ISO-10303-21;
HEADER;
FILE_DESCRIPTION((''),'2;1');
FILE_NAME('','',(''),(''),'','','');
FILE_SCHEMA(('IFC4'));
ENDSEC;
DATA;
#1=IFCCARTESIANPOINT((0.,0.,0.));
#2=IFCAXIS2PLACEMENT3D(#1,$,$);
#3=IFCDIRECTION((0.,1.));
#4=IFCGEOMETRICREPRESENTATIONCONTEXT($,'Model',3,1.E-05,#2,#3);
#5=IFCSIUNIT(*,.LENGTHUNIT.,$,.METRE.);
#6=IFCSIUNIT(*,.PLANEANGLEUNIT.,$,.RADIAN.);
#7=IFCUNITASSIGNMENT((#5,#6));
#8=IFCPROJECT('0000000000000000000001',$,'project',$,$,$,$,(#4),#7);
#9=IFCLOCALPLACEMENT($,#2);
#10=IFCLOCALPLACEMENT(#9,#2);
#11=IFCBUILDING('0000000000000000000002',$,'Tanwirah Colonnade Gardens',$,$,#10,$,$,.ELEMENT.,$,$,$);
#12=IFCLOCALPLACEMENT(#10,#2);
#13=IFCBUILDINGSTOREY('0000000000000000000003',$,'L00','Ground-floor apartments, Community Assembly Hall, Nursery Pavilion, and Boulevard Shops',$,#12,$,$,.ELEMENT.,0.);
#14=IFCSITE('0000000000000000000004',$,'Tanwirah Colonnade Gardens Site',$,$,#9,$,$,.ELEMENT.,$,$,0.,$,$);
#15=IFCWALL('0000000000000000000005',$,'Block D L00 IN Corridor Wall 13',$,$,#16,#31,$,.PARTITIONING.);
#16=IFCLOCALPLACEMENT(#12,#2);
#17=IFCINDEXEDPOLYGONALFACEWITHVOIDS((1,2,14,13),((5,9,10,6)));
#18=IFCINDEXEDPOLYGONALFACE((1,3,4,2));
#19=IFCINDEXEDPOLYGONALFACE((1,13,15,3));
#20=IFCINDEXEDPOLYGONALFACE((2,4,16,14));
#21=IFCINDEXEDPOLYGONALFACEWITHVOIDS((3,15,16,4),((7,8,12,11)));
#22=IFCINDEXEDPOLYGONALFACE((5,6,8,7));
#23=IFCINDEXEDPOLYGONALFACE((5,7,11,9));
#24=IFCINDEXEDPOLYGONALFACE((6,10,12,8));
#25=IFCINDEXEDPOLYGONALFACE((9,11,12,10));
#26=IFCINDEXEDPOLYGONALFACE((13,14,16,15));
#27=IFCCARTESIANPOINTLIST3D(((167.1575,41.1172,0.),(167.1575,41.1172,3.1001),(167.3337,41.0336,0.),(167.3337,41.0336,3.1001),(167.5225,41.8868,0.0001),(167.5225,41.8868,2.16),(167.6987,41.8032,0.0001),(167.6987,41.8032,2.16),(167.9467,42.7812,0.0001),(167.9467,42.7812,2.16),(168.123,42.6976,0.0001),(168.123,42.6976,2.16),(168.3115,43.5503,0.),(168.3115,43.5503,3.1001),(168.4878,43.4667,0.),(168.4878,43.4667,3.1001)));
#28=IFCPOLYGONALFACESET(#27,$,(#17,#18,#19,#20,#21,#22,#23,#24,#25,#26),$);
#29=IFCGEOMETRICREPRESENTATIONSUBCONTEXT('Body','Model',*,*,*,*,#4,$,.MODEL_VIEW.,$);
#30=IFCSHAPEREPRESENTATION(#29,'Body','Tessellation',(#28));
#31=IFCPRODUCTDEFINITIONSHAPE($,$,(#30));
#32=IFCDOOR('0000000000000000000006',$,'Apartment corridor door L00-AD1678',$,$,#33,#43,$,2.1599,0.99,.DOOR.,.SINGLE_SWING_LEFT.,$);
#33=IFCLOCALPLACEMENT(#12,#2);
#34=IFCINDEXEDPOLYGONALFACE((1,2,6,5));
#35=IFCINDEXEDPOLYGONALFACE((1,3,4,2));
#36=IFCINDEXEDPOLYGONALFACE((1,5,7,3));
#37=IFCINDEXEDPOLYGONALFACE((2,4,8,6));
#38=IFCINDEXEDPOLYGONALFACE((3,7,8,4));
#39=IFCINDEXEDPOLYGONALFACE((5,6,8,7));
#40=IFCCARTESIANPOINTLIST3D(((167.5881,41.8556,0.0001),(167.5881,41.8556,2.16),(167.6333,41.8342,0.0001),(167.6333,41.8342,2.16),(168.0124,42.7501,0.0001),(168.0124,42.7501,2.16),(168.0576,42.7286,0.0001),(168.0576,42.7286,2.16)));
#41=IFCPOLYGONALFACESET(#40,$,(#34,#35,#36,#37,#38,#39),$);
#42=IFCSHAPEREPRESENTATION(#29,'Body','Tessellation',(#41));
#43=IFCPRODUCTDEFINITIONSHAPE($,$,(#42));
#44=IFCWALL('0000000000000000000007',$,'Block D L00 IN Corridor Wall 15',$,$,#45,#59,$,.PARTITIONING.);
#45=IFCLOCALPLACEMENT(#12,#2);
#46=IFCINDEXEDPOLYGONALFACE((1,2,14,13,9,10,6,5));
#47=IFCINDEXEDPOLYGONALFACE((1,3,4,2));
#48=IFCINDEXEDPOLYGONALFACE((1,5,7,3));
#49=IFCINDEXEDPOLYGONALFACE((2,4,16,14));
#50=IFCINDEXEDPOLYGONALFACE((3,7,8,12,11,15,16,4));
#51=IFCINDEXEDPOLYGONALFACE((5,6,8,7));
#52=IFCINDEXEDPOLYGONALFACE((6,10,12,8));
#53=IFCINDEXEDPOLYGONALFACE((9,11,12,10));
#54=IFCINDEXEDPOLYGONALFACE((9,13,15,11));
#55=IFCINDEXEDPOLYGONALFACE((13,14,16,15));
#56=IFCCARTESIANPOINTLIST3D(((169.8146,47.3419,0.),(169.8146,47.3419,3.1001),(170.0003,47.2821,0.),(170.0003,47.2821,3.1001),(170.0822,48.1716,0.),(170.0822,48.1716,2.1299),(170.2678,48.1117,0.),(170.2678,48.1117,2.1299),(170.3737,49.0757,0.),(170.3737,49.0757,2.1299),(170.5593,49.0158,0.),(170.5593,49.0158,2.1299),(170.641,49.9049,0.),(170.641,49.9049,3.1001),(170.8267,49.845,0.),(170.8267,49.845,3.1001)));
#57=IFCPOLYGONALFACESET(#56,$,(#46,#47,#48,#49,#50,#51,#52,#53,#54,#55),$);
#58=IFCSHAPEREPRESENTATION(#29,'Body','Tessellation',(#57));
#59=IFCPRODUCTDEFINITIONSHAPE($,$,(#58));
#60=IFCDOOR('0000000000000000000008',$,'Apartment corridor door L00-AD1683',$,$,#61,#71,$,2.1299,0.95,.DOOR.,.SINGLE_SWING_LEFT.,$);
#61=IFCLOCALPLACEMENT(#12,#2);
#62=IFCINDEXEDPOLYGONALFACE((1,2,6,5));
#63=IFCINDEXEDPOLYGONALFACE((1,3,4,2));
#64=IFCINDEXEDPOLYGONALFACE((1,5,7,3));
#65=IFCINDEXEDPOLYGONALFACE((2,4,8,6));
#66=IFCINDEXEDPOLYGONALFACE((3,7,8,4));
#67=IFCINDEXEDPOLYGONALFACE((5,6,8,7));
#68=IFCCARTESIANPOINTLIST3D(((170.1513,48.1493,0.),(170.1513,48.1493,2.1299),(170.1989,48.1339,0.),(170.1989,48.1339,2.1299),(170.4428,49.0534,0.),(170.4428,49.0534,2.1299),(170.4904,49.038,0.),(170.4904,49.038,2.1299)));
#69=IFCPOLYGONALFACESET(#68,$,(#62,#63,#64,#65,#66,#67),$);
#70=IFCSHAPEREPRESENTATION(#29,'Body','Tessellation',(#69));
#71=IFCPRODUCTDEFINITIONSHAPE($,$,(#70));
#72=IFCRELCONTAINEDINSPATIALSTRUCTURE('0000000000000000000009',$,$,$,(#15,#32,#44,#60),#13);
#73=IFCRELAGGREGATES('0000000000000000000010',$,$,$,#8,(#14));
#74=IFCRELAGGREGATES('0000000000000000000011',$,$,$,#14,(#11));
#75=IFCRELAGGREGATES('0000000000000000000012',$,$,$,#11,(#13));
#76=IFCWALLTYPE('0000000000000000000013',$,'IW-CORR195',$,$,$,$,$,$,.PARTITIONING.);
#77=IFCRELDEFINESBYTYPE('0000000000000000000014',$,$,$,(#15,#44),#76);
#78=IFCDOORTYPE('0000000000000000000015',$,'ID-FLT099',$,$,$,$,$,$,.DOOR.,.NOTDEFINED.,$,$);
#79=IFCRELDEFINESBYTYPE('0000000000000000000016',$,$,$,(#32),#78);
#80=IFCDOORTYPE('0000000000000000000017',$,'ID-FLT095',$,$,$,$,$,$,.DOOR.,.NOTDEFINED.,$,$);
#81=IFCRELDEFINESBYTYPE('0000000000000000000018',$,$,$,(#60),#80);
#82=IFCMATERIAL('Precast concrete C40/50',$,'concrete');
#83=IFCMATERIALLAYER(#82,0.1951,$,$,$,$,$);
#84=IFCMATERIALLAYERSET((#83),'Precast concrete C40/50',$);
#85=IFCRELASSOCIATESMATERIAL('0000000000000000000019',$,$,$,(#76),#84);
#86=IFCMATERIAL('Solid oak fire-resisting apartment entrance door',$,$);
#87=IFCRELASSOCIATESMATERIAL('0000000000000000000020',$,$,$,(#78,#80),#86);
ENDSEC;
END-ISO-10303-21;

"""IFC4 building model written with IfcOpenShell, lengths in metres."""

from ifc_helpers import new_model, si_unit, direction, frame, frame_2d, origin, place, context, subcontext, project, spatial, rectangle, extrude, material, layer, layer_set, type_object, element, fill, save


model = new_model("IFC4")

# Units and contexts
model_context = context("Model", 3, precision=1e-05, world=origin(), true_north=direction((0.0, 1.0)))
body_context = subcontext(model_context, "Body", "Model", "MODEL_VIEW")
ifc_project = project(units=[si_unit("LENGTHUNIT", "METRE"), si_unit("PLANEANGLEUNIT", "RADIAN")], contexts=[model_context])

# Site, building, storey
site_placement = place(None, origin())
site = spatial("IfcSite", under=ifc_project, at=site_placement, Name="Tanwirah Colonnade Gardens Site", CompositionType="ELEMENT", RefElevation=0.0)
building_placement = place(site_placement, origin())
building = spatial("IfcBuilding", under=site, at=building_placement, Name="Tanwirah Colonnade Gardens", CompositionType="ELEMENT")
storey_placement = place(building_placement, origin())
storey = spatial("IfcBuildingStorey", under=building, at=storey_placement, Name="L00", Description="Ground-floor apartments, Community Assembly Hall, Nursery Pavilion, and Boulevard Shops", CompositionType="ELEMENT", Elevation=0.0)

# Shared definitions
ifc_material_1 = material(Name="Precast concrete C40/50", Category="concrete")

# Walls, openings, doors
ifc_layer = layer(ifc_material_1, 0.1951)
ifc_layer_set = layer_set([ifc_layer], Name="Precast concrete C40/50")
wall_type = type_object("IfcWallType", Name="IW-CORR195", PredefinedType="PARTITIONING", material=ifc_layer_set)
wall_1_placement = place(storey_placement, frame((167.2456, 41.0754, 0.0), z_axis=(0.0, 0.0, 1.0), x_axis=(0.42855, 0.903518, 0.0)))
wall_1 = element("IfcWall", 1, at=wall_1_placement, inside=storey, type_object=wall_type, Name="Block D L00 IN Corridor Wall 13", PredefinedType="PARTITIONING", context=body_context, shape_type="SweptSolid", body=[
    extrude(rectangle(XDim=2.6929, YDim=0.1951, at=frame_2d((1.3464, 0.0))), origin(), (0.0, 0.0, 1.0), 3.1001),
])
opening_1_placement = place(wall_1_placement, frame((0.8516, 0.0, 0.0)))
opening_1 = element("IfcOpeningElement", 2, at=opening_1_placement, cuts=wall_1, PredefinedType="OPENING", context=body_context, shape_type="SweptSolid", body=[
    extrude(rectangle(XDim=0.99, YDim=2.1599, at=frame_2d((0.4951, 1.0801))), frame((0.0, 0.1074, 0.0), z_axis=(0.0, -1.0, 0.0), x_axis=(1.0, 0.0, 0.0)), (0.0, 0.0, 1.0), 0.2151),
])
ifc_material_2 = material(Name="Solid oak fire-resisting apartment entrance door")
door_type_1 = type_object("IfcDoorType", Name="ID-FLT099", OperationType="NOTDEFINED", PredefinedType="DOOR", material=ifc_material_2)
door_1_placement = place(opening_1_placement, origin())
door_1 = element("IfcDoor", 3, at=door_1_placement, inside=storey, type_object=door_type_1, Name="Apartment corridor door L00-AD1678", OperationType="SINGLE_SWING_LEFT", OverallHeight=2.1599, OverallWidth=0.99, PredefinedType="DOOR", context=body_context, shape_type="SweptSolid", body=[
    extrude(rectangle(XDim=0.99, YDim=2.1599, at=frame_2d((0.4951, 1.0801))), frame((0.0, 0.0249, 0.0), z_axis=(0.0, -1.0, 0.0), x_axis=(1.0, 0.0, 0.0)), (0.0, 0.0, 1.0), 0.05),
])
fill(opening_1, door_1)
wall_2_placement = place(storey_placement, frame((169.9075, 47.312, 0.0), z_axis=(0.0, 0.0, 1.0), x_axis=(0.306884, 0.951747, 0.0)))
wall_2 = element("IfcWall", 4, at=wall_2_placement, inside=storey, type_object=wall_type, Name="Block D L00 IN Corridor Wall 15", PredefinedType="PARTITIONING", context=body_context, shape_type="SweptSolid", body=[
    extrude(rectangle(XDim=2.6929, YDim=0.1951, at=frame_2d((1.3464, 0.0))), origin(), (0.0, 0.0, 1.0), 3.1001),
])
opening_2_placement = place(wall_2_placement, frame((0.8716, 0.0, 0.0)))
opening_2 = element("IfcOpeningElement", 5, at=opening_2_placement, cuts=wall_2, PredefinedType="OPENING", context=body_context, shape_type="SweptSolid", body=[
    extrude(rectangle(XDim=0.95, YDim=2.1299, at=frame_2d((0.4751, 1.0649))), frame((0.0, 0.1074, 0.0), z_axis=(0.0, -1.0, 0.0), x_axis=(1.0, 0.0, 0.0)), (0.0, 0.0, 1.0), 0.2151),
])
door_type_2 = type_object("IfcDoorType", Name="ID-FLT095", OperationType="NOTDEFINED", PredefinedType="DOOR", material=ifc_material_2)
door_2_placement = place(opening_2_placement, origin())
door_2 = element("IfcDoor", 6, at=door_2_placement, inside=storey, type_object=door_type_2, Name="Apartment corridor door L00-AD1683", OperationType="SINGLE_SWING_LEFT", OverallHeight=2.1299, OverallWidth=0.95, PredefinedType="DOOR", context=body_context, shape_type="SweptSolid", body=[
    extrude(rectangle(XDim=0.95, YDim=2.1299, at=frame_2d((0.4751, 1.0649))), frame((0.0, 0.0249, 0.0), z_axis=(0.0, -1.0, 0.0), x_axis=(1.0, 0.0, 0.0)), (0.0, 0.0, 1.0), 0.05),
])
fill(opening_2, door_2)

save(model, "model.ifc")
